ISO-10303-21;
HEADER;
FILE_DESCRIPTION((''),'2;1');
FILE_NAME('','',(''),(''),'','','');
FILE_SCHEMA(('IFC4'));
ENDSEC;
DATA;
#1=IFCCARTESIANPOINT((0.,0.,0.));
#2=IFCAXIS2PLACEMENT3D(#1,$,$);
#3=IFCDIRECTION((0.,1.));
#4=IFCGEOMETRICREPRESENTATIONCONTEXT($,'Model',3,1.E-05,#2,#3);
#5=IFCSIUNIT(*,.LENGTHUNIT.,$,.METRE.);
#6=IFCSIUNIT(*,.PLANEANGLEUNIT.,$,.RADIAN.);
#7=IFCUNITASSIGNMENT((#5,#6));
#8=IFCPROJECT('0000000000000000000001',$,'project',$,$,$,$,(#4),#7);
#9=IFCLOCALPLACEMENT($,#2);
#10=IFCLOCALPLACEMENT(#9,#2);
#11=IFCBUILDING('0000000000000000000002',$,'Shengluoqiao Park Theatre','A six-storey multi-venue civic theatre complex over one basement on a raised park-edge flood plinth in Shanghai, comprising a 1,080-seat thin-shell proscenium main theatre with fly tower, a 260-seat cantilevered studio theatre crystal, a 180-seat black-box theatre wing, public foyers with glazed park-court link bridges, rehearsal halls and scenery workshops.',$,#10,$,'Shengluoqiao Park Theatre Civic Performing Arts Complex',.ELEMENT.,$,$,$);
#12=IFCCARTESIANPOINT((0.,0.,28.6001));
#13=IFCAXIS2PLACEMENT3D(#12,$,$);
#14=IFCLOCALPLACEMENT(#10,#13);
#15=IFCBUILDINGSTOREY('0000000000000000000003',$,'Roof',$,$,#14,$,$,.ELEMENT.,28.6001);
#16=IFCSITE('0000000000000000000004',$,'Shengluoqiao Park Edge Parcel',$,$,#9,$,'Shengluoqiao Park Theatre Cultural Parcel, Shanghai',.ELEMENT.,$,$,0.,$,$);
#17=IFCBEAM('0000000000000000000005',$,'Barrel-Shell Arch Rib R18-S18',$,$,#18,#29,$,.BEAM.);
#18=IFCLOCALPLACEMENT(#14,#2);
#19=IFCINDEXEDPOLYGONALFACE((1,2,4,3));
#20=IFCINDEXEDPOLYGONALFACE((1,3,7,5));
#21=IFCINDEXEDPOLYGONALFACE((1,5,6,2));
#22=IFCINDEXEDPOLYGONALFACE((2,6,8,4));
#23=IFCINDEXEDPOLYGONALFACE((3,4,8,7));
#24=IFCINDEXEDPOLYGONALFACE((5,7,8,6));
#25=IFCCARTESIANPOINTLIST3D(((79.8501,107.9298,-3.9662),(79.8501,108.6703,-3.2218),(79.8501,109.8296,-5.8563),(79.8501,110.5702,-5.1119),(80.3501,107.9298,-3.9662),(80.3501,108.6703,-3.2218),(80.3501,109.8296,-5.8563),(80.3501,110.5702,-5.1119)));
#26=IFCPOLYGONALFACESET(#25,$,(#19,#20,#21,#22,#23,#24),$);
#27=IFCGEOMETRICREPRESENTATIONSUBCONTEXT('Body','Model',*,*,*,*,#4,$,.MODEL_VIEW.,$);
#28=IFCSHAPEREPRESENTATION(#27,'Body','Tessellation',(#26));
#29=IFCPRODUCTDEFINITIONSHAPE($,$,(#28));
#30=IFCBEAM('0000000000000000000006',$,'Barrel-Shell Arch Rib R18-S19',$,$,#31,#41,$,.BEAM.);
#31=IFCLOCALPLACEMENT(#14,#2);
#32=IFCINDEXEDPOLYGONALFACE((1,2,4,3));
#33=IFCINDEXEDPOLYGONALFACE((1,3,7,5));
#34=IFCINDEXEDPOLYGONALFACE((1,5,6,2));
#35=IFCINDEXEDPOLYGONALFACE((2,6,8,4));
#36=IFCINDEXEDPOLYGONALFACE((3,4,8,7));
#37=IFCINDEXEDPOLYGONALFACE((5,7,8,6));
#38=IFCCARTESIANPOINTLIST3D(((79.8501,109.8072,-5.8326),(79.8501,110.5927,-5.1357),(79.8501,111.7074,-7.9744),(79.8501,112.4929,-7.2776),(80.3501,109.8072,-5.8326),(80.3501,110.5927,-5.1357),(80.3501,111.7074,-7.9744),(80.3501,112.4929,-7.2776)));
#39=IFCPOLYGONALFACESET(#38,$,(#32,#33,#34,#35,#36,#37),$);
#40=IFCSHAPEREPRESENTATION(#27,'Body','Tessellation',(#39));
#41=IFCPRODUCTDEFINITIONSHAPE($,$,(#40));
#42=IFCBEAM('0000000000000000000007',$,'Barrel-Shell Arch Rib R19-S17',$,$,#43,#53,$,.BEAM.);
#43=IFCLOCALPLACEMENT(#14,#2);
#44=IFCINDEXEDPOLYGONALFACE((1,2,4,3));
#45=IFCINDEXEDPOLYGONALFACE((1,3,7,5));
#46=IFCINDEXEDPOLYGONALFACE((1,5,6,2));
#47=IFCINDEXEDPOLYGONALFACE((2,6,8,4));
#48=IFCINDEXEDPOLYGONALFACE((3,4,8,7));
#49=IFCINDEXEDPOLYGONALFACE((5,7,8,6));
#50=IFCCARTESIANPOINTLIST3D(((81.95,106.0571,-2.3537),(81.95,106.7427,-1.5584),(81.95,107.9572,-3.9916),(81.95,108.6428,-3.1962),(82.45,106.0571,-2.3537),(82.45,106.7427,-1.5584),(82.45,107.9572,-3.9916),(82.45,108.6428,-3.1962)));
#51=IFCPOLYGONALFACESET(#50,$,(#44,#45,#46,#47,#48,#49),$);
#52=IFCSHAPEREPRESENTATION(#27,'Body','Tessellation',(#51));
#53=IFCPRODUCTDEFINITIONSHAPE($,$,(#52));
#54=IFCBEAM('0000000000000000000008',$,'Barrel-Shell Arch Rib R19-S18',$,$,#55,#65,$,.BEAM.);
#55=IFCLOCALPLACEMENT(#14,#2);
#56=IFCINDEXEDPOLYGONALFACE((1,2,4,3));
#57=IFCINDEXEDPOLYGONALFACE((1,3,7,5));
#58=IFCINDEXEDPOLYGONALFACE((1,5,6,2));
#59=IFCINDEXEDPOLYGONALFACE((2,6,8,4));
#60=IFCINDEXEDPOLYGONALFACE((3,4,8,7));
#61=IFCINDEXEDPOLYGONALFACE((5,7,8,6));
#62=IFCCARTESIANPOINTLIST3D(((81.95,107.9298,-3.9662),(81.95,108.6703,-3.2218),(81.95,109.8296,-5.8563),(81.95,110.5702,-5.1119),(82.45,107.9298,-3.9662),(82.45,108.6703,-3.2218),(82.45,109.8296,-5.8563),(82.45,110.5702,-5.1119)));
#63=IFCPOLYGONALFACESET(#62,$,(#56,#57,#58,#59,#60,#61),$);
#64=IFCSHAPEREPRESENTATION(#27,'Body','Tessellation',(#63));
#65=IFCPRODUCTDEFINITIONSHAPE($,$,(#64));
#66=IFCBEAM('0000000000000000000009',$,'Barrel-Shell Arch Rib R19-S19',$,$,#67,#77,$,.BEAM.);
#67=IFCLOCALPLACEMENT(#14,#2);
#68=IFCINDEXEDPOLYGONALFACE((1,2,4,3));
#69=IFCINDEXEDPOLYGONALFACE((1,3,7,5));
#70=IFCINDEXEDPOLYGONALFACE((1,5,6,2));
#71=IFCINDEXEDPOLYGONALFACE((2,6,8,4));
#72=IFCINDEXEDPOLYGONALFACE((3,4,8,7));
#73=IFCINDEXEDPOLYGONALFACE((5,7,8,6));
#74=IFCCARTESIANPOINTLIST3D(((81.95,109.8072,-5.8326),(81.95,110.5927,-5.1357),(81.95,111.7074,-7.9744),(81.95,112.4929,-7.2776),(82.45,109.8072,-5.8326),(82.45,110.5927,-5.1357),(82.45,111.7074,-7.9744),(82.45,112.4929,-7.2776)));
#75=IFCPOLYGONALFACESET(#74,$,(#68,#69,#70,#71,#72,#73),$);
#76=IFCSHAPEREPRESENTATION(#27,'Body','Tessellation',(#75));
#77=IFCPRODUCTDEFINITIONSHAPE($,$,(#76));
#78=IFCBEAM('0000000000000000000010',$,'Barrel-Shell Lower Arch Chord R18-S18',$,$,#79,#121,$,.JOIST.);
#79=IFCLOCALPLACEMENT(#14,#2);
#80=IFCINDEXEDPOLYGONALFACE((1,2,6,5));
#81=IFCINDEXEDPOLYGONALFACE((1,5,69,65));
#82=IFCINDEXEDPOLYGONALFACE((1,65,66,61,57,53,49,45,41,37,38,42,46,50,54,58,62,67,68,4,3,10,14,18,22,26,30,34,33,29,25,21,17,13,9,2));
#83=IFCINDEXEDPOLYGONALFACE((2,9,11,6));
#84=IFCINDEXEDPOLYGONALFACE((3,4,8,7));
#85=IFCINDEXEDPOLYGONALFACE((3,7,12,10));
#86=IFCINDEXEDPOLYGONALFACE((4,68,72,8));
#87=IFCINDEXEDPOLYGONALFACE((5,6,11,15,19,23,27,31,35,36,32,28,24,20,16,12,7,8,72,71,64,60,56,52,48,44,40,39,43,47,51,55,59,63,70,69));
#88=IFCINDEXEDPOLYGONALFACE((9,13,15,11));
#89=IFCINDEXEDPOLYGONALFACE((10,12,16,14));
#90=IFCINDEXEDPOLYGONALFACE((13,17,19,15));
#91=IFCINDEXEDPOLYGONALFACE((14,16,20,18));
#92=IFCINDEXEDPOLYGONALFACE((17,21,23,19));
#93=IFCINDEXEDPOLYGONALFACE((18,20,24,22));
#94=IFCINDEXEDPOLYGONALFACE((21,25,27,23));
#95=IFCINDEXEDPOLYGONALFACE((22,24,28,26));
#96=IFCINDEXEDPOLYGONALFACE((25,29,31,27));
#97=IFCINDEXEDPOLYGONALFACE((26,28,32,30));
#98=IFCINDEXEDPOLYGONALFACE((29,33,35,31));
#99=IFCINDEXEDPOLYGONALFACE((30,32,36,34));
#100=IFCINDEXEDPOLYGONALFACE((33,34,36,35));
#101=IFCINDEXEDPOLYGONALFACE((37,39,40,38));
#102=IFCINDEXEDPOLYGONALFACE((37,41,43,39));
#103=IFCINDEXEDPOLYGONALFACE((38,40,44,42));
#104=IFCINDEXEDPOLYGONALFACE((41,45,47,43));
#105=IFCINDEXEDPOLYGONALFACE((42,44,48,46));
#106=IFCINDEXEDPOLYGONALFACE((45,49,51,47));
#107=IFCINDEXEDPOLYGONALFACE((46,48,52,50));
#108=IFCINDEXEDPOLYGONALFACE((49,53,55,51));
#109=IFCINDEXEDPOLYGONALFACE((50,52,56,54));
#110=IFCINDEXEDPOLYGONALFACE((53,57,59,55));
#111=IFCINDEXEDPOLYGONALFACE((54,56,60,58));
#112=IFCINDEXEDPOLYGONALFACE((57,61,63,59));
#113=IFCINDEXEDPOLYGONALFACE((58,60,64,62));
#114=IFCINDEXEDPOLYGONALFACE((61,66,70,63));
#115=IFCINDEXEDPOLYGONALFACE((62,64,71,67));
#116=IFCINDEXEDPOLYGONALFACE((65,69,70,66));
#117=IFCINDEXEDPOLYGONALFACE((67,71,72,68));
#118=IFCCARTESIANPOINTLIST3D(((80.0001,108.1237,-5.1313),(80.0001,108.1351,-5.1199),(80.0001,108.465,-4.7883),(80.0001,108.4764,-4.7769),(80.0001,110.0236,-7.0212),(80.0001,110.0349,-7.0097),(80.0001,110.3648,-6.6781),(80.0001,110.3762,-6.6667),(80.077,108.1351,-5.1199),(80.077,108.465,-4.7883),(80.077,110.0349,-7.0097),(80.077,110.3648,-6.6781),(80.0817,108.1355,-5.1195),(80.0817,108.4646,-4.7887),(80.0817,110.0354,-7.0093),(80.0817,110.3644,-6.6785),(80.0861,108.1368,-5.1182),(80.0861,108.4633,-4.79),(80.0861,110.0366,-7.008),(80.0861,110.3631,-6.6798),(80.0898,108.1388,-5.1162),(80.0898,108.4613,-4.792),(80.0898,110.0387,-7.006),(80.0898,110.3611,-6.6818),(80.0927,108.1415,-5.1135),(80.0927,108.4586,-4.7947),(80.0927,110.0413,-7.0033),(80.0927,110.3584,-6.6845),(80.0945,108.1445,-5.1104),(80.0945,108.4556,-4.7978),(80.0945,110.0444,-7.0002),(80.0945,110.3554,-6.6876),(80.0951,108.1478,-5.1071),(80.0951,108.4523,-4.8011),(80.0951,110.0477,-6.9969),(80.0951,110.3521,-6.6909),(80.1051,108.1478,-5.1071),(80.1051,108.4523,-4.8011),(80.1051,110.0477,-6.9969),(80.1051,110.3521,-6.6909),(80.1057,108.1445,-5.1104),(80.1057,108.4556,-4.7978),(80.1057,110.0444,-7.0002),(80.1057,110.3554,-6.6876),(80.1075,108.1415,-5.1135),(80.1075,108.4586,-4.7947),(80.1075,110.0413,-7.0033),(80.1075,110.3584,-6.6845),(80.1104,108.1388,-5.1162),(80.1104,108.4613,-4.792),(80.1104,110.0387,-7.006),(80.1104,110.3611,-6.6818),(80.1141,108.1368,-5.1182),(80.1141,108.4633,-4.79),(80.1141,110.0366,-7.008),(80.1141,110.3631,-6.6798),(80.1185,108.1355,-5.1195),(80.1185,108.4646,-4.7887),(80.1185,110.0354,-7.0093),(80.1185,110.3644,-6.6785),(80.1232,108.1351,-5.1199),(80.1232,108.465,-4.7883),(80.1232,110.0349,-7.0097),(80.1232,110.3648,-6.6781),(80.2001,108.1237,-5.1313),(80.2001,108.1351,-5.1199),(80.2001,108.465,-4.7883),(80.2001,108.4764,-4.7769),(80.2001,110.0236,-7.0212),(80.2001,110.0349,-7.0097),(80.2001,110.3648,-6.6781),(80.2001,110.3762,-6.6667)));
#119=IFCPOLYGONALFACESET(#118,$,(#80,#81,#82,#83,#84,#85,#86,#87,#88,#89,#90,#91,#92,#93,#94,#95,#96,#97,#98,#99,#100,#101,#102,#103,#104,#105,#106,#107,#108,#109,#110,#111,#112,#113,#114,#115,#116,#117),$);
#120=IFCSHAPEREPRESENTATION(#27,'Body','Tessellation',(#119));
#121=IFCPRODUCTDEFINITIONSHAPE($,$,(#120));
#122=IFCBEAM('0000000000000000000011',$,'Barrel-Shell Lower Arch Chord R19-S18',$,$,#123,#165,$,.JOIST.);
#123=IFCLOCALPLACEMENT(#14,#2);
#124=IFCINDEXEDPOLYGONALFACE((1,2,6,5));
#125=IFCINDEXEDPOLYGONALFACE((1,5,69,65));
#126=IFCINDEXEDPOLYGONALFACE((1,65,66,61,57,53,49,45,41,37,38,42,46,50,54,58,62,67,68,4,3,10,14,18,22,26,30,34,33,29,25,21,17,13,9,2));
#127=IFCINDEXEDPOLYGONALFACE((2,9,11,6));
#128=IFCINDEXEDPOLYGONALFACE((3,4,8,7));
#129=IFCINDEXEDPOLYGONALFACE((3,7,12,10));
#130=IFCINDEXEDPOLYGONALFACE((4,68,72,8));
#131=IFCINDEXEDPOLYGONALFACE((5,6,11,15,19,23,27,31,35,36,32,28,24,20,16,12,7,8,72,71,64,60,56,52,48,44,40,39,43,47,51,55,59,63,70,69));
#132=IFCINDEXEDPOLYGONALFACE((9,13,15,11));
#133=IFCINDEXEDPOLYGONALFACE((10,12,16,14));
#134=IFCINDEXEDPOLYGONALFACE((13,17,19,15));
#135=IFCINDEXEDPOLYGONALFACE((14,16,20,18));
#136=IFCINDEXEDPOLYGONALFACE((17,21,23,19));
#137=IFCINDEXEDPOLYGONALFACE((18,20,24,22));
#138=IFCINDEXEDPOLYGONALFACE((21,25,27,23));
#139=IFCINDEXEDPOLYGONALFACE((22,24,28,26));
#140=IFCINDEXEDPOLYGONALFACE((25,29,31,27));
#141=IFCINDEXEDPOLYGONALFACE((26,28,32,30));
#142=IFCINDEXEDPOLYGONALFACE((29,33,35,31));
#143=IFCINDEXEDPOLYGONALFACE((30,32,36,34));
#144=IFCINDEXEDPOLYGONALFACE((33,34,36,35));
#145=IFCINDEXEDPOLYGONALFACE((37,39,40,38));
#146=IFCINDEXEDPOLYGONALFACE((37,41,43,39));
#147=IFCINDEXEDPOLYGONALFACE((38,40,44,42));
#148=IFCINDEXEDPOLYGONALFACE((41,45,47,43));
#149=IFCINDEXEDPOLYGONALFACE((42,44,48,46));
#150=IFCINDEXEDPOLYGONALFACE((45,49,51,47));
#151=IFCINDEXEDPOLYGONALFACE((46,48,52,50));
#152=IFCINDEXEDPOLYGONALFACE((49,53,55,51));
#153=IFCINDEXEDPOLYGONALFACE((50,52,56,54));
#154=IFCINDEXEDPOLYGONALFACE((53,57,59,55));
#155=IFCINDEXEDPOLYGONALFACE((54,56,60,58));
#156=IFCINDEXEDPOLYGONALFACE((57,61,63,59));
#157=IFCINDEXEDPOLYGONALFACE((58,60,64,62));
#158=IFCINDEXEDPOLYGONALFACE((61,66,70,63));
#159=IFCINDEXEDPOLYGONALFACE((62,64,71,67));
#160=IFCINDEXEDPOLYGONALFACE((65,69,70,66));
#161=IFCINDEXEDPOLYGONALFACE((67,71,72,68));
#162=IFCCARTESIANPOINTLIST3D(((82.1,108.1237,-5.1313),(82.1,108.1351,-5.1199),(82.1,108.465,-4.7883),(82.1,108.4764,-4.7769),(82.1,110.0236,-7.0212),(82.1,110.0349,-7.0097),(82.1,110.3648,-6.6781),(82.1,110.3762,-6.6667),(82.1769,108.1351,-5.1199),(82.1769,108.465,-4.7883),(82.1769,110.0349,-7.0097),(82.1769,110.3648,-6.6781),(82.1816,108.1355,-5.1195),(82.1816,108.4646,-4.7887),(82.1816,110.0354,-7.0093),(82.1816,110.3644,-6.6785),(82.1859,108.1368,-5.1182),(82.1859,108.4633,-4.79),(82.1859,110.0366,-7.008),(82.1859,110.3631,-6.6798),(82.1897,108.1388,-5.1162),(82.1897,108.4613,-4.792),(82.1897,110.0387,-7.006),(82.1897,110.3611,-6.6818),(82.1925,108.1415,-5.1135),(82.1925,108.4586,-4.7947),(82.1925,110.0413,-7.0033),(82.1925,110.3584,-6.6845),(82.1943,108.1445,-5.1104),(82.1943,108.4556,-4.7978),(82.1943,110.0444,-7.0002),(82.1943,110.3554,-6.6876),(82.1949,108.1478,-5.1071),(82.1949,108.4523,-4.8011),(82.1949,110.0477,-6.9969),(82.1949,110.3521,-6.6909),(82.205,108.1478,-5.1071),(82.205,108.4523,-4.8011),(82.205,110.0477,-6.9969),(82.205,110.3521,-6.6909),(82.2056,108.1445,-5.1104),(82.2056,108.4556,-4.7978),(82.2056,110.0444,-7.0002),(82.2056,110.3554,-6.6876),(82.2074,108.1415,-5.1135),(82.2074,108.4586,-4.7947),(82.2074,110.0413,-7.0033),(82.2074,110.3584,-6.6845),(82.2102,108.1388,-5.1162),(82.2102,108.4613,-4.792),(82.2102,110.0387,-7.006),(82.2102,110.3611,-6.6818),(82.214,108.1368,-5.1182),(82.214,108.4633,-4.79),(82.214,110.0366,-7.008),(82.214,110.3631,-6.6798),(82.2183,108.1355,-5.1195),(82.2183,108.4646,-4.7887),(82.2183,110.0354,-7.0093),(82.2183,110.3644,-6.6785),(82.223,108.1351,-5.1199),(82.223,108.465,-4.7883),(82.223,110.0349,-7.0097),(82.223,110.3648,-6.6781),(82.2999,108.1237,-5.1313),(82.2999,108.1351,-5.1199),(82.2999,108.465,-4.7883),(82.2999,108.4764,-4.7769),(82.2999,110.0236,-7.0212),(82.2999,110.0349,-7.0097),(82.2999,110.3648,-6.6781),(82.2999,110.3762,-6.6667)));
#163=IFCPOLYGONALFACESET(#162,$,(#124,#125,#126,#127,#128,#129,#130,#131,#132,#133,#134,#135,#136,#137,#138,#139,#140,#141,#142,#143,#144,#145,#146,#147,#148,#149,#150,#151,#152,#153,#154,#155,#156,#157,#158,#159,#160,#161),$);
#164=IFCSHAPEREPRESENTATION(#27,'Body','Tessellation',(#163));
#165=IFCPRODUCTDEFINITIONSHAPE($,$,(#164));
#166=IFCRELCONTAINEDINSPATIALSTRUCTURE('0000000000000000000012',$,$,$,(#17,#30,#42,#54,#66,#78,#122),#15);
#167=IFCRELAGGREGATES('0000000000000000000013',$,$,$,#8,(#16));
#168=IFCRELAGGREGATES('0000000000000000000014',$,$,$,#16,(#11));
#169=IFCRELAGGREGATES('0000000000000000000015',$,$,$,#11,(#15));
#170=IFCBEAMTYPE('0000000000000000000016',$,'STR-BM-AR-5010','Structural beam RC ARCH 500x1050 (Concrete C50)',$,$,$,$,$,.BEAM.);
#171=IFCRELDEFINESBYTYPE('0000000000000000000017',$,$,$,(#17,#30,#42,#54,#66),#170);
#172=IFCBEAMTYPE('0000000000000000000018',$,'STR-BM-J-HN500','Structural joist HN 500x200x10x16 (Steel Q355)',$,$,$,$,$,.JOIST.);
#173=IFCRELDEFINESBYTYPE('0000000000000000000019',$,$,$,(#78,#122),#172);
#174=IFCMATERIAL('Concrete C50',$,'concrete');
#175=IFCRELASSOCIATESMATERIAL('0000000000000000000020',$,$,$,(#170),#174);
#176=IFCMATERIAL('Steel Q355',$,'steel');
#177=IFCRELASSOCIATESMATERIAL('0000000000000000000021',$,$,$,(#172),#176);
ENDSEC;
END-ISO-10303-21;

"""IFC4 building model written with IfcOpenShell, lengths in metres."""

from ifc_helpers import new_model, si_unit, direction, frame, origin, origin_2d, place, context, subcontext, project, spatial, rectangle, i_section, extrude, material, material_profile, profile_set, type_object, element, save


model = new_model("IFC4")

# Units and contexts
model_context = context("Model", 3, precision=1e-05, world=origin(), true_north=direction((0.0, 1.0)))
body_context = subcontext(model_context, "Body", "Model", "MODEL_VIEW")
ifc_project = project(units=[si_unit("LENGTHUNIT", "METRE"), si_unit("PLANEANGLEUNIT", "RADIAN")], contexts=[model_context])

# Site, building, storey
site_placement = place(None, origin())
site = spatial("IfcSite", under=ifc_project, at=site_placement, Name="Shengluoqiao Park Edge Parcel", LongName="Shengluoqiao Park Theatre Cultural Parcel, Shanghai", CompositionType="ELEMENT", RefElevation=0.0)
building_placement = place(site_placement, origin())
building = spatial("IfcBuilding", under=site, at=building_placement, Name="Shengluoqiao Park Theatre", Description="A six-storey multi-venue civic theatre complex over one basement on a raised park-edge flood plinth in Shanghai, comprising a 1,080-seat thin-shell proscenium main theatre with fly tower, a 260-seat cantilevered studio theatre crystal, a 180-seat black-box theatre wing, public foyers with glazed park-court link bridges, rehearsal halls and scenery workshops.", LongName="Shengluoqiao Park Theatre Civic Performing Arts Complex", CompositionType="ELEMENT")
storey_placement = place(building_placement, frame((0.0, 0.0, 28.6001)))
storey = spatial("IfcBuildingStorey", under=building, at=storey_placement, Name="Roof", CompositionType="ELEMENT", Elevation=28.6001)

# Beams
ifc_material_1 = material(Name="Concrete C50", Category="concrete")
ifc_material_profile_1 = material_profile(ifc_material_1, rectangle(XDim=0.5, YDim=1.05, at=origin_2d()), Name="RC ARCH 500x1050")
ifc_profile_set_1 = profile_set([ifc_material_profile_1], Name="Concrete C50")
beam_type_1 = type_object("IfcBeamType", Name="STR-BM-AR-5010", Description="Structural beam RC ARCH 500x1050 (Concrete C50)", PredefinedType="BEAM", material=ifc_profile_set_1)
beam_1_placement = place(storey_placement, frame((80.1001, 108.3, -3.594), z_axis=(0.0, 0.708926, -0.705282), x_axis=(-1.0, 0.0, 0.0)))
element("IfcBeam", 1, at=beam_1_placement, inside=storey, type_object=beam_type_1, Name="Barrel-Shell Arch Rib R18-S18", PredefinedType="BEAM", context=body_context, shape_type="SweptSolid", body=[
    extrude(rectangle(XDim=0.5, YDim=1.05, at=origin_2d()), origin(), (0.0, 0.0, 1.0), 2.6799),
])
beam_2_placement = place(storey_placement, frame((80.1001, 110.2, -5.4841), z_axis=(0.0, 0.663638, -0.748053), x_axis=(-1.0, 0.0, 0.0)))
element("IfcBeam", 2, at=beam_2_placement, inside=storey, type_object=beam_type_1, Name="Barrel-Shell Arch Rib R18-S19", PredefinedType="BEAM", context=body_context, shape_type="SweptSolid", body=[
    extrude(rectangle(XDim=0.5, YDim=1.05, at=origin_2d()), origin(), (0.0, 0.0, 1.0), 2.8633),
])
beam_3_placement = place(storey_placement, frame((82.2, 106.3999, -1.9561), z_axis=(0.0, 0.757433, -0.652913), x_axis=(-1.0, 0.0, 0.0)))
element("IfcBeam", 3, at=beam_3_placement, inside=storey, type_object=beam_type_1, Name="Barrel-Shell Arch Rib R19-S17", PredefinedType="BEAM", context=body_context, shape_type="SweptSolid", body=[
    extrude(rectangle(XDim=0.5, YDim=1.05, at=origin_2d()), origin(), (0.0, 0.0, 1.0), 2.5085),
])
beam_4_placement = place(storey_placement, frame((82.2, 108.3, -3.594), z_axis=(0.0, 0.708926, -0.705282), x_axis=(-1.0, 0.0, 0.0)))
element("IfcBeam", 4, at=beam_4_placement, inside=storey, type_object=beam_type_1, Name="Barrel-Shell Arch Rib R19-S18", PredefinedType="BEAM", context=body_context, shape_type="SweptSolid", body=[
    extrude(rectangle(XDim=0.5, YDim=1.05, at=origin_2d()), origin(), (0.0, 0.0, 1.0), 2.6799),
])
beam_5_placement = place(storey_placement, frame((82.2, 110.2, -5.4841), z_axis=(0.0, 0.663638, -0.748053), x_axis=(-1.0, 0.0, 0.0)))
element("IfcBeam", 5, at=beam_5_placement, inside=storey, type_object=beam_type_1, Name="Barrel-Shell Arch Rib R19-S19", PredefinedType="BEAM", context=body_context, shape_type="SweptSolid", body=[
    extrude(rectangle(XDim=0.5, YDim=1.05, at=origin_2d()), origin(), (0.0, 0.0, 1.0), 2.8633),
])
ifc_material_2 = material(Name="Steel Q355", Category="steel")
ifc_material_profile_2 = material_profile(ifc_material_2, i_section(OverallWidth=0.2, OverallDepth=0.5, WebThickness=0.01, FlangeThickness=0.0161, FilletRadius=0.0181, at=origin_2d()), Name="HN 500x200x10x16")
ifc_profile_set_2 = profile_set([ifc_material_profile_2], Name="Steel Q355")
beam_type_2 = type_object("IfcBeamType", Name="STR-BM-J-HN500", Description="Structural joist HN 500x200x10x16 (Steel Q355)", PredefinedType="JOIST", material=ifc_profile_set_2)
for number, where, z_axis, x_axis, name in (
    (6, (80.1001, 108.3, -4.9541), (0.0, 0.708972, -0.705237), (-1.0, 0.0, 0.0), "Barrel-Shell Lower Arch Chord R18-S18"),
    (7, (82.2, 108.3, -4.9541), (0.0, 0.708972, -0.705237), (-1.0, 0.0, 0.0), "Barrel-Shell Lower Arch Chord R19-S18"),
):
    element("IfcBeam", number, at=place(storey_placement, frame(where, z_axis=z_axis, x_axis=x_axis)), inside=storey, type_object=beam_type_2, Name=name, PredefinedType="JOIST", context=body_context, shape_type="SweptSolid", body=[
        extrude(i_section(OverallWidth=0.2, OverallDepth=0.5, WebThickness=0.01, FlangeThickness=0.0161, FilletRadius=0.0181, at=origin_2d()), origin(), (0.0, 0.0, 1.0), 2.6797),
    ])

save(model, "model.ifc")
